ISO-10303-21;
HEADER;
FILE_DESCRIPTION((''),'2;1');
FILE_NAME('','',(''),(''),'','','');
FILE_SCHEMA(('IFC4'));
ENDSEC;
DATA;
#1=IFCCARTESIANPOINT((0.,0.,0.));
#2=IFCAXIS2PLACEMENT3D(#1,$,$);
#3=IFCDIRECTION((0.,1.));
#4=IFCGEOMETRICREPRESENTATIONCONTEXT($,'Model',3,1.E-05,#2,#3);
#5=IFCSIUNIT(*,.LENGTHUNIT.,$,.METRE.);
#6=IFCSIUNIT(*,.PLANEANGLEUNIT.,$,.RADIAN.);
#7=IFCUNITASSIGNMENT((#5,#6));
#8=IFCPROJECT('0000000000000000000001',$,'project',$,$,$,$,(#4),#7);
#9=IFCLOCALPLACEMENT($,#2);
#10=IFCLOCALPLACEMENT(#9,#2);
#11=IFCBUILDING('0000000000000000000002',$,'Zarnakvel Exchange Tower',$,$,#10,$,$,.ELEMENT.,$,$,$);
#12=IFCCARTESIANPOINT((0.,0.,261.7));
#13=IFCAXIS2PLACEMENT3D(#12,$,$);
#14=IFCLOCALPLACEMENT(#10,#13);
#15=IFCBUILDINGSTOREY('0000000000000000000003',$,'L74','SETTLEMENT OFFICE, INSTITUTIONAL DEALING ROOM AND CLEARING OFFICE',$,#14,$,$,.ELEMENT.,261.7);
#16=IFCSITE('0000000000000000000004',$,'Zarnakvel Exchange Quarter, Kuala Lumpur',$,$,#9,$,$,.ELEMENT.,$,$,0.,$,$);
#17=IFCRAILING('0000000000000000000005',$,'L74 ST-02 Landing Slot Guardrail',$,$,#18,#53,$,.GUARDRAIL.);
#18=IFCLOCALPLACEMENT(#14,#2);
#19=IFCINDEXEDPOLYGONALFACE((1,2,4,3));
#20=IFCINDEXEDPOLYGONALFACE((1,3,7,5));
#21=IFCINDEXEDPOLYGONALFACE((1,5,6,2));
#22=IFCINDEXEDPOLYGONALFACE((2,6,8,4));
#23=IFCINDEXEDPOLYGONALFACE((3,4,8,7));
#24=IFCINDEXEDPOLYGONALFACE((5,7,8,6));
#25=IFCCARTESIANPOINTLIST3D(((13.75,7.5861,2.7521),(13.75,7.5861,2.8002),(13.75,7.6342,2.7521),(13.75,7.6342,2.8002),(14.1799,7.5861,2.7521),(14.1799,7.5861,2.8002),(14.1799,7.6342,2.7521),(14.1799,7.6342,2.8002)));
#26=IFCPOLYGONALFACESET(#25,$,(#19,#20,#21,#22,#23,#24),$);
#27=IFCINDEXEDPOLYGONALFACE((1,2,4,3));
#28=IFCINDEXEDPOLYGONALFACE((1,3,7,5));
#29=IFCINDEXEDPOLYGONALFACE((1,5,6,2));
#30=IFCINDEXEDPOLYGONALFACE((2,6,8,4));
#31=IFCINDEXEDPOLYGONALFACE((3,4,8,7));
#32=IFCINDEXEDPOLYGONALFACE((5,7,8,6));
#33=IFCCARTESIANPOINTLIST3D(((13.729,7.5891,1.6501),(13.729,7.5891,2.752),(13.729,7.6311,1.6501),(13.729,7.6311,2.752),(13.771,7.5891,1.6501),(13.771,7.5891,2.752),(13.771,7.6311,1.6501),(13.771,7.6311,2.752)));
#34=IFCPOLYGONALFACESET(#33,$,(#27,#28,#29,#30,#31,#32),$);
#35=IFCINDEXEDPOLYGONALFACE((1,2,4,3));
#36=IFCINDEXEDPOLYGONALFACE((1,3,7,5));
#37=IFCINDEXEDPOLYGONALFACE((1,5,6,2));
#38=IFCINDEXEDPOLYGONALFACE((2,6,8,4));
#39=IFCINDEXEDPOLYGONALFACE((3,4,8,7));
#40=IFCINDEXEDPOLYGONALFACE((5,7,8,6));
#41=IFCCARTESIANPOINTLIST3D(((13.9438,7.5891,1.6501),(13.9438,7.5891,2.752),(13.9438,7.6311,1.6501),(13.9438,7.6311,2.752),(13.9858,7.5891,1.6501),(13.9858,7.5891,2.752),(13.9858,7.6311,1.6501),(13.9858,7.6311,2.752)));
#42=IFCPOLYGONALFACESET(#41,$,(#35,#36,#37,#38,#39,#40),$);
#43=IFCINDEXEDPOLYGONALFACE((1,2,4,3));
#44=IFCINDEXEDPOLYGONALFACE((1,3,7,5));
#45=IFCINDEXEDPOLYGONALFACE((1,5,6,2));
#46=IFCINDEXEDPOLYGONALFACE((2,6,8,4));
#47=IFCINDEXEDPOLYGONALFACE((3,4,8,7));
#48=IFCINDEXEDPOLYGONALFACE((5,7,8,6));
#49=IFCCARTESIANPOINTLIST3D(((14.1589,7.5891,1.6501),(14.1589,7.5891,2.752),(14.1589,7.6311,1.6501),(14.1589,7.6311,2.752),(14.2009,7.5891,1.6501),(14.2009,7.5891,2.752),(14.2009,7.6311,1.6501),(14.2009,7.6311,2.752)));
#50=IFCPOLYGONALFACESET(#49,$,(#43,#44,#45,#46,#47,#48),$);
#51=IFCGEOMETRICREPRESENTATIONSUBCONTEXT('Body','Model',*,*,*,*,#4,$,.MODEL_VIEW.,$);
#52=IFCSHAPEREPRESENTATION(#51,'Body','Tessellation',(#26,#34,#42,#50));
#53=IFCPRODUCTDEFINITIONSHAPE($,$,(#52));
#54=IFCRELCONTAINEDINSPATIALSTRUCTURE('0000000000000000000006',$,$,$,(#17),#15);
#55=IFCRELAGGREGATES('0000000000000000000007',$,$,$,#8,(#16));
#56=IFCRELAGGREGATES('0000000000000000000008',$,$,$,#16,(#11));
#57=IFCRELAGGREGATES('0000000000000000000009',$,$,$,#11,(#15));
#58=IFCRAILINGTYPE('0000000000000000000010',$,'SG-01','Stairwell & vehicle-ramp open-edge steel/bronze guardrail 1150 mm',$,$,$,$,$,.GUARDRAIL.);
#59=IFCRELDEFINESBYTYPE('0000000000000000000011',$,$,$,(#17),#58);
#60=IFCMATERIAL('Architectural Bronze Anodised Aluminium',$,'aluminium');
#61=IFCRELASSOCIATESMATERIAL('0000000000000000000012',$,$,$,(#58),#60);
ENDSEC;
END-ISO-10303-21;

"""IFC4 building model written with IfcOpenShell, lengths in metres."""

from ifc_helpers import new_model, si_unit, direction, frame, origin, origin_2d, place, context, subcontext, project, spatial, rectangle, extrude, material, type_object, element, save


model = new_model("IFC4")

# Units and contexts
model_context = context("Model", 3, precision=1e-05, world=origin(), true_north=direction((0.0, 1.0)))
body_context = subcontext(model_context, "Body", "Model", "MODEL_VIEW")
ifc_project = project(units=[si_unit("LENGTHUNIT", "METRE"), si_unit("PLANEANGLEUNIT", "RADIAN")], contexts=[model_context])

# Site, building, storey
site_placement = place(None, origin())
site = spatial("IfcSite", under=ifc_project, at=site_placement, Name="Zarnakvel Exchange Quarter, Kuala Lumpur", CompositionType="ELEMENT", RefElevation=0.0)
building_placement = place(site_placement, origin())
building = spatial("IfcBuilding", under=site, at=building_placement, Name="Zarnakvel Exchange Tower", CompositionType="ELEMENT")
storey_placement = place(building_placement, frame((0.0, 0.0, 261.7)))
storey = spatial("IfcBuildingStorey", under=building, at=storey_placement, Name="L74", Description="SETTLEMENT OFFICE, INSTITUTIONAL DEALING ROOM AND CLEARING OFFICE", CompositionType="ELEMENT", Elevation=261.7)

# Shared definitions
ifc_material_1 = material(Name="Architectural Bronze Anodised Aluminium", Category="aluminium")

# Railing
railing_type_1 = type_object("IfcRailingType", Name="SG-01", Description="Stairwell & vehicle-ramp open-edge steel/bronze guardrail 1150 mm", PredefinedType="GUARDRAIL", material=ifc_material_1)
railing_1_placement = place(storey_placement, frame((13.75, 7.6101, 1.6501)))
element("IfcRailing", 1, at=railing_1_placement, inside=storey, type_object=railing_type_1, Name="L74 ST-02 Landing Slot Guardrail", PredefinedType="GUARDRAIL", context=body_context, shape_type="SweptSolid", body=[
    extrude(rectangle(XDim=0.0481, YDim=0.0481, at=origin_2d()), frame((0.0, 0.0, 1.126), z_axis=(1.0, 0.0, 0.0), x_axis=(0.0, 1.0, 0.0)), (0.0, 0.0, 1.0), 0.4299),
    extrude(rectangle(XDim=0.042, YDim=0.042, at=origin_2d()), origin(), (0.0, 0.0, 1.0), 1.1018),
    extrude(rectangle(XDim=0.042, YDim=0.042, at=origin_2d()), frame((0.2148, 0.0, 0.0)), (0.0, 0.0, 1.0), 1.1018),
    extrude(rectangle(XDim=0.042, YDim=0.042, at=origin_2d()), frame((0.4299, 0.0, 0.0)), (0.0, 0.0, 1.0), 1.1018),
])

save(model, "model.ifc")
